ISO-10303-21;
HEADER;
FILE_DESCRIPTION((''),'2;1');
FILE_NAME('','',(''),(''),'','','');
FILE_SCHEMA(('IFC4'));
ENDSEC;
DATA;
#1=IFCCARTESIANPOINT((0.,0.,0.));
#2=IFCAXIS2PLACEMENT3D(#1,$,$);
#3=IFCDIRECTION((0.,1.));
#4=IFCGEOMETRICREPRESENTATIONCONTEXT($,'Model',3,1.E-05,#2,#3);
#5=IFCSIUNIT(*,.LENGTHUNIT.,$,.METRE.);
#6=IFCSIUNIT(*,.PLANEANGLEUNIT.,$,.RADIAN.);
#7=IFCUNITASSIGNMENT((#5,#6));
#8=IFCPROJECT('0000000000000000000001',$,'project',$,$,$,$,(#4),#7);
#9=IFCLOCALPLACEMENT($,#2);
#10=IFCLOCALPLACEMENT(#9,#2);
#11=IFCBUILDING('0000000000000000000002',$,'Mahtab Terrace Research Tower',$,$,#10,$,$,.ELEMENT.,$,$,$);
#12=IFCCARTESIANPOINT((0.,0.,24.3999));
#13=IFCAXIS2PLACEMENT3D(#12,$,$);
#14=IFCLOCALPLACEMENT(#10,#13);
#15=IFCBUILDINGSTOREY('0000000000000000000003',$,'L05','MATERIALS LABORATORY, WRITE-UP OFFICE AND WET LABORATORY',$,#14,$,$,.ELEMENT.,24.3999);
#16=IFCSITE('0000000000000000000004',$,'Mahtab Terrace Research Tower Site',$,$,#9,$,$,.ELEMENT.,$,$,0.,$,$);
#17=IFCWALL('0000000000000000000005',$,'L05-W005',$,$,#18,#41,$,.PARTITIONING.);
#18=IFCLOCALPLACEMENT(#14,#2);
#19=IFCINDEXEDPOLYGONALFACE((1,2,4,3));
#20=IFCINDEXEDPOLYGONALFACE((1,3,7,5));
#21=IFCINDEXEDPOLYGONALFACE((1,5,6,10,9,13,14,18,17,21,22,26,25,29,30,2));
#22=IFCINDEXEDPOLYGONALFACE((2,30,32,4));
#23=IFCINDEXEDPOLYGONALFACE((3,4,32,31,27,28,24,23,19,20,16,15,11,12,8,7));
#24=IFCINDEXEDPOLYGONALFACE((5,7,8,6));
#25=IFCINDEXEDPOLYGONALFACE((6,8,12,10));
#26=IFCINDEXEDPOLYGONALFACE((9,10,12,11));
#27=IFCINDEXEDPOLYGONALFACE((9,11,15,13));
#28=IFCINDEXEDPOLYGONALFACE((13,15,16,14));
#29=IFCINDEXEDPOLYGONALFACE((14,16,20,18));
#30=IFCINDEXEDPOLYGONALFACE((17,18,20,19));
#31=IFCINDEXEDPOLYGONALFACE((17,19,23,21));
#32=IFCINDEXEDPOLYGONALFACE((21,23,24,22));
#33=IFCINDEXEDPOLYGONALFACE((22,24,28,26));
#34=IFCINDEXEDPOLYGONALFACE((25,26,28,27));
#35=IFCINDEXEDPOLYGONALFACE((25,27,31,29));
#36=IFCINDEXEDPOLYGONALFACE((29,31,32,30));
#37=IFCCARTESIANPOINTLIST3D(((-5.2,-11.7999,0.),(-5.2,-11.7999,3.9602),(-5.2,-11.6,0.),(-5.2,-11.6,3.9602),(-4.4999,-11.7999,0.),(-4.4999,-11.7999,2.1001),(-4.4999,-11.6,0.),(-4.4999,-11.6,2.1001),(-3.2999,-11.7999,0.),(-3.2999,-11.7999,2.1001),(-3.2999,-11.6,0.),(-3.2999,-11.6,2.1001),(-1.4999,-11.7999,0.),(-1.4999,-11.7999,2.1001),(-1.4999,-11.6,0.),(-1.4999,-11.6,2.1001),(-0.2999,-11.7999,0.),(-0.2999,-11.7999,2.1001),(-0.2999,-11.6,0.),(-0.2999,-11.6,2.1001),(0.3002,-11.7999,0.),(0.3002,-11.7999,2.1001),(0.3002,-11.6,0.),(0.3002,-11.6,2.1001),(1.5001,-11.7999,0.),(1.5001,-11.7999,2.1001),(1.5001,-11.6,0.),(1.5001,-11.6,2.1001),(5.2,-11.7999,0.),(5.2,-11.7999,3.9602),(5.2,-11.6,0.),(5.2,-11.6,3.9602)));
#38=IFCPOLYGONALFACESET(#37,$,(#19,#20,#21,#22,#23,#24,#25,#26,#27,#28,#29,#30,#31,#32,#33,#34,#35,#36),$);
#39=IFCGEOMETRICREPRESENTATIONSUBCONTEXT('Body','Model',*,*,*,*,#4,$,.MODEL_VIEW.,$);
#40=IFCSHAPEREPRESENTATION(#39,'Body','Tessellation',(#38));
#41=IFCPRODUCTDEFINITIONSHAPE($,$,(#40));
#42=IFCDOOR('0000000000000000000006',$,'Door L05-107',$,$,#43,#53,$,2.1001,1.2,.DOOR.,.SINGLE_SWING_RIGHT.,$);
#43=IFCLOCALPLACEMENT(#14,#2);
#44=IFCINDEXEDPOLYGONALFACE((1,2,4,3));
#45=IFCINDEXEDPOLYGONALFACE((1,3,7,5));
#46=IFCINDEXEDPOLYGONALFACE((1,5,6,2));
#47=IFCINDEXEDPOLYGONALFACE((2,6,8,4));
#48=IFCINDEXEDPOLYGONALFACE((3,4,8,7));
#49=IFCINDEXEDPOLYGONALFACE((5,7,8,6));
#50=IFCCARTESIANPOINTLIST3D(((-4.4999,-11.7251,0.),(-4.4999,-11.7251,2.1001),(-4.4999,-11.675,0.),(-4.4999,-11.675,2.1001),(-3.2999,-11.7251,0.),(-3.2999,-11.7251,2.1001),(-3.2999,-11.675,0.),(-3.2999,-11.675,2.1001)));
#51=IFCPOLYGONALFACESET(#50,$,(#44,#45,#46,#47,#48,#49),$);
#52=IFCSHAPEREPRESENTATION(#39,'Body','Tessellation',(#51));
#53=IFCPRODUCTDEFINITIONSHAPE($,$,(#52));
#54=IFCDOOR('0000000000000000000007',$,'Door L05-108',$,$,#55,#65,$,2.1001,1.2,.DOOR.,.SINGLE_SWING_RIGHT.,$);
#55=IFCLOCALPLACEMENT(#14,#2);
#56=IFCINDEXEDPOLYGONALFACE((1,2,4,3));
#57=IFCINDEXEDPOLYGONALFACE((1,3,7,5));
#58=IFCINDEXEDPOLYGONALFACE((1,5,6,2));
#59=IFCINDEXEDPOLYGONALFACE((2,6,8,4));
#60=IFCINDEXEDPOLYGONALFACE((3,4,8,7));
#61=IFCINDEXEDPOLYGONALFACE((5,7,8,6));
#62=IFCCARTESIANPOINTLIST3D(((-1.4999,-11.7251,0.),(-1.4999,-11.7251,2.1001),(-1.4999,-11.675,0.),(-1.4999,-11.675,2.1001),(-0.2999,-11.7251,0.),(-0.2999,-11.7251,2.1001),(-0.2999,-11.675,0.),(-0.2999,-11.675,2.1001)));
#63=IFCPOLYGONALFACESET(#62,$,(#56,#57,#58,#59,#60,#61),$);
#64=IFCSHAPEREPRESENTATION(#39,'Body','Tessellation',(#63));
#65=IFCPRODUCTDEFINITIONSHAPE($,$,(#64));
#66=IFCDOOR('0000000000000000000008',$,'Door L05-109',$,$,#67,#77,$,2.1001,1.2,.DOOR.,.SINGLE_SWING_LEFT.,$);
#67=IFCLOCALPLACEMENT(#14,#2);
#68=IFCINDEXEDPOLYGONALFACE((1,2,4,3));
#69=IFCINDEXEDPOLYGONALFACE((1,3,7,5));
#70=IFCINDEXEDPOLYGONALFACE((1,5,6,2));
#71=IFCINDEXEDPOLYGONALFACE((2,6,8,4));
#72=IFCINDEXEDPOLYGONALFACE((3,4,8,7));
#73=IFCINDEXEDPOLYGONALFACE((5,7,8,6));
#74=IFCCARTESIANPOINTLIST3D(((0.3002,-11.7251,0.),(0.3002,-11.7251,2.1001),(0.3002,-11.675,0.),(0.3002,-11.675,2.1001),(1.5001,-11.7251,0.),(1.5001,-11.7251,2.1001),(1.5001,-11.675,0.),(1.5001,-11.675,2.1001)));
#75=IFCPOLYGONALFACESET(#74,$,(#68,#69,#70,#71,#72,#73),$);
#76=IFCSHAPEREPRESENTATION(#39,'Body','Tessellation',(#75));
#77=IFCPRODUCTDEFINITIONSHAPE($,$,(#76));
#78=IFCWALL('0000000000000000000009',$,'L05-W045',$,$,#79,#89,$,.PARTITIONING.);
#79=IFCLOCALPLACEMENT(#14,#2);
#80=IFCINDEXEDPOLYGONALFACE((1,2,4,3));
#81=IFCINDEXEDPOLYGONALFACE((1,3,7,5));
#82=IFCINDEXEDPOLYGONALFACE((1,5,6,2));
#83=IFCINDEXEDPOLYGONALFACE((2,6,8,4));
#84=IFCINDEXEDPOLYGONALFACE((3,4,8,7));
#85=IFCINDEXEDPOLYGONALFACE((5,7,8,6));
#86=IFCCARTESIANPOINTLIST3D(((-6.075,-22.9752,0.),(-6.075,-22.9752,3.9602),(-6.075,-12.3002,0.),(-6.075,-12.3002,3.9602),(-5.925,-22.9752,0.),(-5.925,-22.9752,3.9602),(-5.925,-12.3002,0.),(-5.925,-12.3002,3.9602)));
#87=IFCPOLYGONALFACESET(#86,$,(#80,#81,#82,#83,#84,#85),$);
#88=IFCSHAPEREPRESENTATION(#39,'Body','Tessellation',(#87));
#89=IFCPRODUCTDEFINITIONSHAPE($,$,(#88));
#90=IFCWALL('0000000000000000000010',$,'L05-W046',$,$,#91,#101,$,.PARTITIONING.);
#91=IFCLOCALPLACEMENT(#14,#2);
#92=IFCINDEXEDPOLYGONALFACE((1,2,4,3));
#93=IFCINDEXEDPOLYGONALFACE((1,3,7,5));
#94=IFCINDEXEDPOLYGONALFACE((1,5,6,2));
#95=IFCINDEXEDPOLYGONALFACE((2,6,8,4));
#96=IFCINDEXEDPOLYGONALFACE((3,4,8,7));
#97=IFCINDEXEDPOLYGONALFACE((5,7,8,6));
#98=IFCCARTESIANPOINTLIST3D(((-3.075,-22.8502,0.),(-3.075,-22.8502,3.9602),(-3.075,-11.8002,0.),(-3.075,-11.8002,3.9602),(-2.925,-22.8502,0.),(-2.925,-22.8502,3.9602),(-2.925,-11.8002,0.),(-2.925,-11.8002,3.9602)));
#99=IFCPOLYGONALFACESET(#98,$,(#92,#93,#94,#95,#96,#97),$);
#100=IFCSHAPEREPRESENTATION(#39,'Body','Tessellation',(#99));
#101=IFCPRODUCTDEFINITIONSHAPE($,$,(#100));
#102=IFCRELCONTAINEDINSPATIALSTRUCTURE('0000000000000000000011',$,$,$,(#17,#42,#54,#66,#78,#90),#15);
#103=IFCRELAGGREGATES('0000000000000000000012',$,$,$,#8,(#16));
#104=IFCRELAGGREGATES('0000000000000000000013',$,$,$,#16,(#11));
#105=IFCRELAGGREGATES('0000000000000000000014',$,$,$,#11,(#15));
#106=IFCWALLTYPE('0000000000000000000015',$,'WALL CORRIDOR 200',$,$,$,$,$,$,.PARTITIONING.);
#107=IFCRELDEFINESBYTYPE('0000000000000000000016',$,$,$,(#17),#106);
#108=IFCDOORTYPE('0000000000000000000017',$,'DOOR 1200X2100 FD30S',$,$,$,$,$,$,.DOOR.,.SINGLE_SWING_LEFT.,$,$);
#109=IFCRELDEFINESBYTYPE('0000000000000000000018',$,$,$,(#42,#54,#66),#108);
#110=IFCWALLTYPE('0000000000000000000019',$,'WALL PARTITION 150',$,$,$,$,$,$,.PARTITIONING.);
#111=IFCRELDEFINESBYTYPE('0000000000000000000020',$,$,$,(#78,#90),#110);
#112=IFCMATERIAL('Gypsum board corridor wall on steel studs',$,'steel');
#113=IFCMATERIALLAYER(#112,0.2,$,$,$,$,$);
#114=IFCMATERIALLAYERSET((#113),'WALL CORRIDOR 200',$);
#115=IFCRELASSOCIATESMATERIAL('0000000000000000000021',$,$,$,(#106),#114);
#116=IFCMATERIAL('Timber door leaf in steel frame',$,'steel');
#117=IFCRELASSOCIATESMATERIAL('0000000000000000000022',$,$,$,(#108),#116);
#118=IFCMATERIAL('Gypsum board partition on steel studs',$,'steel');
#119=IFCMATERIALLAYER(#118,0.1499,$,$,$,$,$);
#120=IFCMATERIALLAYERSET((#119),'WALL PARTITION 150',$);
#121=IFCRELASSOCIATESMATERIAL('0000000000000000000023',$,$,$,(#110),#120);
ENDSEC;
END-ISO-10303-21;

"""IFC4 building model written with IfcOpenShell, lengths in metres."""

from ifc_helpers import new_model, si_unit, direction, frame, frame_2d, origin, place, context, subcontext, project, spatial, rectangle, extrude, material, layer, layer_set, type_object, element, fill, save


model = new_model("IFC4")

# Units and contexts
model_context = context("Model", 3, precision=1e-05, world=origin(), true_north=direction((0.0, 1.0)))
body_context = subcontext(model_context, "Body", "Model", "MODEL_VIEW")
ifc_project = project(units=[si_unit("LENGTHUNIT", "METRE"), si_unit("PLANEANGLEUNIT", "RADIAN")], contexts=[model_context])

# Site, building, storey
site_placement = place(None, origin())
site = spatial("IfcSite", under=ifc_project, at=site_placement, Name="Mahtab Terrace Research Tower Site", CompositionType="ELEMENT", RefElevation=0.0)
building_placement = place(site_placement, origin())
building = spatial("IfcBuilding", under=site, at=building_placement, Name="Mahtab Terrace Research Tower", CompositionType="ELEMENT")
storey_placement = place(building_placement, frame((0.0, 0.0, 24.3999)))
storey = spatial("IfcBuildingStorey", under=building, at=storey_placement, Name="L05", Description="MATERIALS LABORATORY, WRITE-UP OFFICE AND WET LABORATORY", CompositionType="ELEMENT", Elevation=24.3999)

# Wall, openings, doors
ifc_material_1 = material(Name="Gypsum board corridor wall on steel studs", Category="steel")
ifc_layer_1 = layer(ifc_material_1, 0.2)
ifc_layer_set_1 = layer_set([ifc_layer_1], Name="WALL CORRIDOR 200")
wall_type_1 = type_object("IfcWallType", Name="WALL CORRIDOR 200", PredefinedType="PARTITIONING", material=ifc_layer_set_1)
wall_1_placement = place(storey_placement, frame((-5.2, -11.7, 0.0), z_axis=(0.0, 0.0, 1.0), x_axis=(1.0, 0.0, 0.0)))
wall_1 = element("IfcWall", 1, at=wall_1_placement, inside=storey, type_object=wall_type_1, Name="L05-W005", PredefinedType="PARTITIONING", context=body_context, shape_type="SweptSolid", body=[
    extrude(rectangle(XDim=10.3999, YDim=0.2, at=frame_2d((5.2, 0.0))), origin(), (0.0, 0.0, 1.0), 3.9602),
])
opening_1_placement = place(wall_1_placement, frame((0.7, 0.0, 0.0)))
opening_1 = element("IfcOpeningElement", 2, at=opening_1_placement, cuts=wall_1, PredefinedType="OPENING", context=body_context, shape_type="SweptSolid", body=[
    extrude(rectangle(XDim=1.2, YDim=2.1001, at=frame_2d((0.6001, 1.05))), frame((0.0, 0.1099, 0.0), z_axis=(0.0, -1.0, 0.0), x_axis=(1.0, 0.0, 0.0)), (0.0, 0.0, 1.0), 0.22),
])
opening_2_placement = place(wall_1_placement, frame((3.7, 0.0, 0.0)))
opening_2 = element("IfcOpeningElement", 3, at=opening_2_placement, cuts=wall_1, PredefinedType="OPENING", context=body_context, shape_type="SweptSolid", body=[
    extrude(rectangle(XDim=1.2, YDim=2.1001, at=frame_2d((0.6001, 1.05))), frame((0.0, 0.1099, 0.0), z_axis=(0.0, -1.0, 0.0), x_axis=(1.0, 0.0, 0.0)), (0.0, 0.0, 1.0), 0.22),
])
opening_3_placement = place(wall_1_placement, frame((5.5, 0.0, 0.0)))
opening_3 = element("IfcOpeningElement", 4, at=opening_3_placement, cuts=wall_1, PredefinedType="OPENING", context=body_context, shape_type="SweptSolid", body=[
    extrude(rectangle(XDim=1.2, YDim=2.1001, at=frame_2d((0.6001, 1.05))), frame((0.0, 0.1099, 0.0), z_axis=(0.0, -1.0, 0.0), x_axis=(1.0, 0.0, 0.0)), (0.0, 0.0, 1.0), 0.22),
])
ifc_material_2 = material(Name="Timber door leaf in steel frame", Category="steel")
door_type_1 = type_object("IfcDoorType", Name="DOOR 1200X2100 FD30S", OperationType="SINGLE_SWING_LEFT", PredefinedType="DOOR", material=ifc_material_2)
door_1_placement = place(opening_1_placement, origin())
door_1 = element("IfcDoor", 5, at=door_1_placement, inside=storey, type_object=door_type_1, Name="Door L05-107", OperationType="SINGLE_SWING_RIGHT", OverallHeight=2.1001, OverallWidth=1.2, PredefinedType="DOOR", context=body_context, shape_type="SweptSolid", body=[
    extrude(rectangle(XDim=1.2, YDim=2.1001, at=frame_2d((0.6001, 1.05))), frame((0.0, 0.0249, 0.0), z_axis=(0.0, -1.0, 0.0), x_axis=(1.0, 0.0, 0.0)), (0.0, 0.0, 1.0), 0.05),
])
fill(opening_1, door_1)
door_2_placement = place(opening_2_placement, origin())
door_2 = element("IfcDoor", 6, at=door_2_placement, inside=storey, type_object=door_type_1, Name="Door L05-108", OperationType="SINGLE_SWING_RIGHT", OverallHeight=2.1001, OverallWidth=1.2, PredefinedType="DOOR", context=body_context, shape_type="SweptSolid", body=[
    extrude(rectangle(XDim=1.2, YDim=2.1001, at=frame_2d((0.6001, 1.05))), frame((0.0, 0.0249, 0.0), z_axis=(0.0, -1.0, 0.0), x_axis=(1.0, 0.0, 0.0)), (0.0, 0.0, 1.0), 0.05),
])
fill(opening_2, door_2)
door_3_placement = place(opening_3_placement, origin())
door_3 = element("IfcDoor", 7, at=door_3_placement, inside=storey, type_object=door_type_1, Name="Door L05-109", OperationType="SINGLE_SWING_LEFT", OverallHeight=2.1001, OverallWidth=1.2, PredefinedType="DOOR", context=body_context, shape_type="SweptSolid", body=[
    extrude(rectangle(XDim=1.2, YDim=2.1001, at=frame_2d((0.6001, 1.05))), frame((0.0, 0.0249, 0.0), z_axis=(0.0, -1.0, 0.0), x_axis=(1.0, 0.0, 0.0)), (0.0, 0.0, 1.0), 0.05),
])
fill(opening_3, door_3)

# Walls
ifc_material_3 = material(Name="Gypsum board partition on steel studs", Category="steel")
ifc_layer_2 = layer(ifc_material_3, 0.1499)
ifc_layer_set_2 = layer_set([ifc_layer_2], Name="WALL PARTITION 150")
wall_type_2 = type_object("IfcWallType", Name="WALL PARTITION 150", PredefinedType="PARTITIONING", material=ifc_layer_set_2)
wall_2_placement = place(storey_placement, frame((-6.0, -22.9751, 0.0), z_axis=(0.0, 0.0, 1.0), x_axis=(0.0, 1.0, 0.0)))
element("IfcWall", 8, at=wall_2_placement, inside=storey, type_object=wall_type_2, Name="L05-W045", PredefinedType="PARTITIONING", context=body_context, shape_type="SweptSolid", body=[
    extrude(rectangle(XDim=10.675, YDim=0.1499, at=frame_2d((5.3374, 0.0))), origin(), (0.0, 0.0, 1.0), 3.9602),
])
wall_3_placement = place(storey_placement, frame((-3.0, -22.8501, 0.0), z_axis=(0.0, 0.0, 1.0), x_axis=(0.0, 1.0, 0.0)))
element("IfcWall", 9, at=wall_3_placement, inside=storey, type_object=wall_type_2, Name="L05-W046", PredefinedType="PARTITIONING", context=body_context, shape_type="SweptSolid", body=[
    extrude(rectangle(XDim=11.05, YDim=0.1499, at=frame_2d((5.5249, 0.0))), origin(), (0.0, 0.0, 1.0), 3.9602),
])

save(model, "model.ifc")
